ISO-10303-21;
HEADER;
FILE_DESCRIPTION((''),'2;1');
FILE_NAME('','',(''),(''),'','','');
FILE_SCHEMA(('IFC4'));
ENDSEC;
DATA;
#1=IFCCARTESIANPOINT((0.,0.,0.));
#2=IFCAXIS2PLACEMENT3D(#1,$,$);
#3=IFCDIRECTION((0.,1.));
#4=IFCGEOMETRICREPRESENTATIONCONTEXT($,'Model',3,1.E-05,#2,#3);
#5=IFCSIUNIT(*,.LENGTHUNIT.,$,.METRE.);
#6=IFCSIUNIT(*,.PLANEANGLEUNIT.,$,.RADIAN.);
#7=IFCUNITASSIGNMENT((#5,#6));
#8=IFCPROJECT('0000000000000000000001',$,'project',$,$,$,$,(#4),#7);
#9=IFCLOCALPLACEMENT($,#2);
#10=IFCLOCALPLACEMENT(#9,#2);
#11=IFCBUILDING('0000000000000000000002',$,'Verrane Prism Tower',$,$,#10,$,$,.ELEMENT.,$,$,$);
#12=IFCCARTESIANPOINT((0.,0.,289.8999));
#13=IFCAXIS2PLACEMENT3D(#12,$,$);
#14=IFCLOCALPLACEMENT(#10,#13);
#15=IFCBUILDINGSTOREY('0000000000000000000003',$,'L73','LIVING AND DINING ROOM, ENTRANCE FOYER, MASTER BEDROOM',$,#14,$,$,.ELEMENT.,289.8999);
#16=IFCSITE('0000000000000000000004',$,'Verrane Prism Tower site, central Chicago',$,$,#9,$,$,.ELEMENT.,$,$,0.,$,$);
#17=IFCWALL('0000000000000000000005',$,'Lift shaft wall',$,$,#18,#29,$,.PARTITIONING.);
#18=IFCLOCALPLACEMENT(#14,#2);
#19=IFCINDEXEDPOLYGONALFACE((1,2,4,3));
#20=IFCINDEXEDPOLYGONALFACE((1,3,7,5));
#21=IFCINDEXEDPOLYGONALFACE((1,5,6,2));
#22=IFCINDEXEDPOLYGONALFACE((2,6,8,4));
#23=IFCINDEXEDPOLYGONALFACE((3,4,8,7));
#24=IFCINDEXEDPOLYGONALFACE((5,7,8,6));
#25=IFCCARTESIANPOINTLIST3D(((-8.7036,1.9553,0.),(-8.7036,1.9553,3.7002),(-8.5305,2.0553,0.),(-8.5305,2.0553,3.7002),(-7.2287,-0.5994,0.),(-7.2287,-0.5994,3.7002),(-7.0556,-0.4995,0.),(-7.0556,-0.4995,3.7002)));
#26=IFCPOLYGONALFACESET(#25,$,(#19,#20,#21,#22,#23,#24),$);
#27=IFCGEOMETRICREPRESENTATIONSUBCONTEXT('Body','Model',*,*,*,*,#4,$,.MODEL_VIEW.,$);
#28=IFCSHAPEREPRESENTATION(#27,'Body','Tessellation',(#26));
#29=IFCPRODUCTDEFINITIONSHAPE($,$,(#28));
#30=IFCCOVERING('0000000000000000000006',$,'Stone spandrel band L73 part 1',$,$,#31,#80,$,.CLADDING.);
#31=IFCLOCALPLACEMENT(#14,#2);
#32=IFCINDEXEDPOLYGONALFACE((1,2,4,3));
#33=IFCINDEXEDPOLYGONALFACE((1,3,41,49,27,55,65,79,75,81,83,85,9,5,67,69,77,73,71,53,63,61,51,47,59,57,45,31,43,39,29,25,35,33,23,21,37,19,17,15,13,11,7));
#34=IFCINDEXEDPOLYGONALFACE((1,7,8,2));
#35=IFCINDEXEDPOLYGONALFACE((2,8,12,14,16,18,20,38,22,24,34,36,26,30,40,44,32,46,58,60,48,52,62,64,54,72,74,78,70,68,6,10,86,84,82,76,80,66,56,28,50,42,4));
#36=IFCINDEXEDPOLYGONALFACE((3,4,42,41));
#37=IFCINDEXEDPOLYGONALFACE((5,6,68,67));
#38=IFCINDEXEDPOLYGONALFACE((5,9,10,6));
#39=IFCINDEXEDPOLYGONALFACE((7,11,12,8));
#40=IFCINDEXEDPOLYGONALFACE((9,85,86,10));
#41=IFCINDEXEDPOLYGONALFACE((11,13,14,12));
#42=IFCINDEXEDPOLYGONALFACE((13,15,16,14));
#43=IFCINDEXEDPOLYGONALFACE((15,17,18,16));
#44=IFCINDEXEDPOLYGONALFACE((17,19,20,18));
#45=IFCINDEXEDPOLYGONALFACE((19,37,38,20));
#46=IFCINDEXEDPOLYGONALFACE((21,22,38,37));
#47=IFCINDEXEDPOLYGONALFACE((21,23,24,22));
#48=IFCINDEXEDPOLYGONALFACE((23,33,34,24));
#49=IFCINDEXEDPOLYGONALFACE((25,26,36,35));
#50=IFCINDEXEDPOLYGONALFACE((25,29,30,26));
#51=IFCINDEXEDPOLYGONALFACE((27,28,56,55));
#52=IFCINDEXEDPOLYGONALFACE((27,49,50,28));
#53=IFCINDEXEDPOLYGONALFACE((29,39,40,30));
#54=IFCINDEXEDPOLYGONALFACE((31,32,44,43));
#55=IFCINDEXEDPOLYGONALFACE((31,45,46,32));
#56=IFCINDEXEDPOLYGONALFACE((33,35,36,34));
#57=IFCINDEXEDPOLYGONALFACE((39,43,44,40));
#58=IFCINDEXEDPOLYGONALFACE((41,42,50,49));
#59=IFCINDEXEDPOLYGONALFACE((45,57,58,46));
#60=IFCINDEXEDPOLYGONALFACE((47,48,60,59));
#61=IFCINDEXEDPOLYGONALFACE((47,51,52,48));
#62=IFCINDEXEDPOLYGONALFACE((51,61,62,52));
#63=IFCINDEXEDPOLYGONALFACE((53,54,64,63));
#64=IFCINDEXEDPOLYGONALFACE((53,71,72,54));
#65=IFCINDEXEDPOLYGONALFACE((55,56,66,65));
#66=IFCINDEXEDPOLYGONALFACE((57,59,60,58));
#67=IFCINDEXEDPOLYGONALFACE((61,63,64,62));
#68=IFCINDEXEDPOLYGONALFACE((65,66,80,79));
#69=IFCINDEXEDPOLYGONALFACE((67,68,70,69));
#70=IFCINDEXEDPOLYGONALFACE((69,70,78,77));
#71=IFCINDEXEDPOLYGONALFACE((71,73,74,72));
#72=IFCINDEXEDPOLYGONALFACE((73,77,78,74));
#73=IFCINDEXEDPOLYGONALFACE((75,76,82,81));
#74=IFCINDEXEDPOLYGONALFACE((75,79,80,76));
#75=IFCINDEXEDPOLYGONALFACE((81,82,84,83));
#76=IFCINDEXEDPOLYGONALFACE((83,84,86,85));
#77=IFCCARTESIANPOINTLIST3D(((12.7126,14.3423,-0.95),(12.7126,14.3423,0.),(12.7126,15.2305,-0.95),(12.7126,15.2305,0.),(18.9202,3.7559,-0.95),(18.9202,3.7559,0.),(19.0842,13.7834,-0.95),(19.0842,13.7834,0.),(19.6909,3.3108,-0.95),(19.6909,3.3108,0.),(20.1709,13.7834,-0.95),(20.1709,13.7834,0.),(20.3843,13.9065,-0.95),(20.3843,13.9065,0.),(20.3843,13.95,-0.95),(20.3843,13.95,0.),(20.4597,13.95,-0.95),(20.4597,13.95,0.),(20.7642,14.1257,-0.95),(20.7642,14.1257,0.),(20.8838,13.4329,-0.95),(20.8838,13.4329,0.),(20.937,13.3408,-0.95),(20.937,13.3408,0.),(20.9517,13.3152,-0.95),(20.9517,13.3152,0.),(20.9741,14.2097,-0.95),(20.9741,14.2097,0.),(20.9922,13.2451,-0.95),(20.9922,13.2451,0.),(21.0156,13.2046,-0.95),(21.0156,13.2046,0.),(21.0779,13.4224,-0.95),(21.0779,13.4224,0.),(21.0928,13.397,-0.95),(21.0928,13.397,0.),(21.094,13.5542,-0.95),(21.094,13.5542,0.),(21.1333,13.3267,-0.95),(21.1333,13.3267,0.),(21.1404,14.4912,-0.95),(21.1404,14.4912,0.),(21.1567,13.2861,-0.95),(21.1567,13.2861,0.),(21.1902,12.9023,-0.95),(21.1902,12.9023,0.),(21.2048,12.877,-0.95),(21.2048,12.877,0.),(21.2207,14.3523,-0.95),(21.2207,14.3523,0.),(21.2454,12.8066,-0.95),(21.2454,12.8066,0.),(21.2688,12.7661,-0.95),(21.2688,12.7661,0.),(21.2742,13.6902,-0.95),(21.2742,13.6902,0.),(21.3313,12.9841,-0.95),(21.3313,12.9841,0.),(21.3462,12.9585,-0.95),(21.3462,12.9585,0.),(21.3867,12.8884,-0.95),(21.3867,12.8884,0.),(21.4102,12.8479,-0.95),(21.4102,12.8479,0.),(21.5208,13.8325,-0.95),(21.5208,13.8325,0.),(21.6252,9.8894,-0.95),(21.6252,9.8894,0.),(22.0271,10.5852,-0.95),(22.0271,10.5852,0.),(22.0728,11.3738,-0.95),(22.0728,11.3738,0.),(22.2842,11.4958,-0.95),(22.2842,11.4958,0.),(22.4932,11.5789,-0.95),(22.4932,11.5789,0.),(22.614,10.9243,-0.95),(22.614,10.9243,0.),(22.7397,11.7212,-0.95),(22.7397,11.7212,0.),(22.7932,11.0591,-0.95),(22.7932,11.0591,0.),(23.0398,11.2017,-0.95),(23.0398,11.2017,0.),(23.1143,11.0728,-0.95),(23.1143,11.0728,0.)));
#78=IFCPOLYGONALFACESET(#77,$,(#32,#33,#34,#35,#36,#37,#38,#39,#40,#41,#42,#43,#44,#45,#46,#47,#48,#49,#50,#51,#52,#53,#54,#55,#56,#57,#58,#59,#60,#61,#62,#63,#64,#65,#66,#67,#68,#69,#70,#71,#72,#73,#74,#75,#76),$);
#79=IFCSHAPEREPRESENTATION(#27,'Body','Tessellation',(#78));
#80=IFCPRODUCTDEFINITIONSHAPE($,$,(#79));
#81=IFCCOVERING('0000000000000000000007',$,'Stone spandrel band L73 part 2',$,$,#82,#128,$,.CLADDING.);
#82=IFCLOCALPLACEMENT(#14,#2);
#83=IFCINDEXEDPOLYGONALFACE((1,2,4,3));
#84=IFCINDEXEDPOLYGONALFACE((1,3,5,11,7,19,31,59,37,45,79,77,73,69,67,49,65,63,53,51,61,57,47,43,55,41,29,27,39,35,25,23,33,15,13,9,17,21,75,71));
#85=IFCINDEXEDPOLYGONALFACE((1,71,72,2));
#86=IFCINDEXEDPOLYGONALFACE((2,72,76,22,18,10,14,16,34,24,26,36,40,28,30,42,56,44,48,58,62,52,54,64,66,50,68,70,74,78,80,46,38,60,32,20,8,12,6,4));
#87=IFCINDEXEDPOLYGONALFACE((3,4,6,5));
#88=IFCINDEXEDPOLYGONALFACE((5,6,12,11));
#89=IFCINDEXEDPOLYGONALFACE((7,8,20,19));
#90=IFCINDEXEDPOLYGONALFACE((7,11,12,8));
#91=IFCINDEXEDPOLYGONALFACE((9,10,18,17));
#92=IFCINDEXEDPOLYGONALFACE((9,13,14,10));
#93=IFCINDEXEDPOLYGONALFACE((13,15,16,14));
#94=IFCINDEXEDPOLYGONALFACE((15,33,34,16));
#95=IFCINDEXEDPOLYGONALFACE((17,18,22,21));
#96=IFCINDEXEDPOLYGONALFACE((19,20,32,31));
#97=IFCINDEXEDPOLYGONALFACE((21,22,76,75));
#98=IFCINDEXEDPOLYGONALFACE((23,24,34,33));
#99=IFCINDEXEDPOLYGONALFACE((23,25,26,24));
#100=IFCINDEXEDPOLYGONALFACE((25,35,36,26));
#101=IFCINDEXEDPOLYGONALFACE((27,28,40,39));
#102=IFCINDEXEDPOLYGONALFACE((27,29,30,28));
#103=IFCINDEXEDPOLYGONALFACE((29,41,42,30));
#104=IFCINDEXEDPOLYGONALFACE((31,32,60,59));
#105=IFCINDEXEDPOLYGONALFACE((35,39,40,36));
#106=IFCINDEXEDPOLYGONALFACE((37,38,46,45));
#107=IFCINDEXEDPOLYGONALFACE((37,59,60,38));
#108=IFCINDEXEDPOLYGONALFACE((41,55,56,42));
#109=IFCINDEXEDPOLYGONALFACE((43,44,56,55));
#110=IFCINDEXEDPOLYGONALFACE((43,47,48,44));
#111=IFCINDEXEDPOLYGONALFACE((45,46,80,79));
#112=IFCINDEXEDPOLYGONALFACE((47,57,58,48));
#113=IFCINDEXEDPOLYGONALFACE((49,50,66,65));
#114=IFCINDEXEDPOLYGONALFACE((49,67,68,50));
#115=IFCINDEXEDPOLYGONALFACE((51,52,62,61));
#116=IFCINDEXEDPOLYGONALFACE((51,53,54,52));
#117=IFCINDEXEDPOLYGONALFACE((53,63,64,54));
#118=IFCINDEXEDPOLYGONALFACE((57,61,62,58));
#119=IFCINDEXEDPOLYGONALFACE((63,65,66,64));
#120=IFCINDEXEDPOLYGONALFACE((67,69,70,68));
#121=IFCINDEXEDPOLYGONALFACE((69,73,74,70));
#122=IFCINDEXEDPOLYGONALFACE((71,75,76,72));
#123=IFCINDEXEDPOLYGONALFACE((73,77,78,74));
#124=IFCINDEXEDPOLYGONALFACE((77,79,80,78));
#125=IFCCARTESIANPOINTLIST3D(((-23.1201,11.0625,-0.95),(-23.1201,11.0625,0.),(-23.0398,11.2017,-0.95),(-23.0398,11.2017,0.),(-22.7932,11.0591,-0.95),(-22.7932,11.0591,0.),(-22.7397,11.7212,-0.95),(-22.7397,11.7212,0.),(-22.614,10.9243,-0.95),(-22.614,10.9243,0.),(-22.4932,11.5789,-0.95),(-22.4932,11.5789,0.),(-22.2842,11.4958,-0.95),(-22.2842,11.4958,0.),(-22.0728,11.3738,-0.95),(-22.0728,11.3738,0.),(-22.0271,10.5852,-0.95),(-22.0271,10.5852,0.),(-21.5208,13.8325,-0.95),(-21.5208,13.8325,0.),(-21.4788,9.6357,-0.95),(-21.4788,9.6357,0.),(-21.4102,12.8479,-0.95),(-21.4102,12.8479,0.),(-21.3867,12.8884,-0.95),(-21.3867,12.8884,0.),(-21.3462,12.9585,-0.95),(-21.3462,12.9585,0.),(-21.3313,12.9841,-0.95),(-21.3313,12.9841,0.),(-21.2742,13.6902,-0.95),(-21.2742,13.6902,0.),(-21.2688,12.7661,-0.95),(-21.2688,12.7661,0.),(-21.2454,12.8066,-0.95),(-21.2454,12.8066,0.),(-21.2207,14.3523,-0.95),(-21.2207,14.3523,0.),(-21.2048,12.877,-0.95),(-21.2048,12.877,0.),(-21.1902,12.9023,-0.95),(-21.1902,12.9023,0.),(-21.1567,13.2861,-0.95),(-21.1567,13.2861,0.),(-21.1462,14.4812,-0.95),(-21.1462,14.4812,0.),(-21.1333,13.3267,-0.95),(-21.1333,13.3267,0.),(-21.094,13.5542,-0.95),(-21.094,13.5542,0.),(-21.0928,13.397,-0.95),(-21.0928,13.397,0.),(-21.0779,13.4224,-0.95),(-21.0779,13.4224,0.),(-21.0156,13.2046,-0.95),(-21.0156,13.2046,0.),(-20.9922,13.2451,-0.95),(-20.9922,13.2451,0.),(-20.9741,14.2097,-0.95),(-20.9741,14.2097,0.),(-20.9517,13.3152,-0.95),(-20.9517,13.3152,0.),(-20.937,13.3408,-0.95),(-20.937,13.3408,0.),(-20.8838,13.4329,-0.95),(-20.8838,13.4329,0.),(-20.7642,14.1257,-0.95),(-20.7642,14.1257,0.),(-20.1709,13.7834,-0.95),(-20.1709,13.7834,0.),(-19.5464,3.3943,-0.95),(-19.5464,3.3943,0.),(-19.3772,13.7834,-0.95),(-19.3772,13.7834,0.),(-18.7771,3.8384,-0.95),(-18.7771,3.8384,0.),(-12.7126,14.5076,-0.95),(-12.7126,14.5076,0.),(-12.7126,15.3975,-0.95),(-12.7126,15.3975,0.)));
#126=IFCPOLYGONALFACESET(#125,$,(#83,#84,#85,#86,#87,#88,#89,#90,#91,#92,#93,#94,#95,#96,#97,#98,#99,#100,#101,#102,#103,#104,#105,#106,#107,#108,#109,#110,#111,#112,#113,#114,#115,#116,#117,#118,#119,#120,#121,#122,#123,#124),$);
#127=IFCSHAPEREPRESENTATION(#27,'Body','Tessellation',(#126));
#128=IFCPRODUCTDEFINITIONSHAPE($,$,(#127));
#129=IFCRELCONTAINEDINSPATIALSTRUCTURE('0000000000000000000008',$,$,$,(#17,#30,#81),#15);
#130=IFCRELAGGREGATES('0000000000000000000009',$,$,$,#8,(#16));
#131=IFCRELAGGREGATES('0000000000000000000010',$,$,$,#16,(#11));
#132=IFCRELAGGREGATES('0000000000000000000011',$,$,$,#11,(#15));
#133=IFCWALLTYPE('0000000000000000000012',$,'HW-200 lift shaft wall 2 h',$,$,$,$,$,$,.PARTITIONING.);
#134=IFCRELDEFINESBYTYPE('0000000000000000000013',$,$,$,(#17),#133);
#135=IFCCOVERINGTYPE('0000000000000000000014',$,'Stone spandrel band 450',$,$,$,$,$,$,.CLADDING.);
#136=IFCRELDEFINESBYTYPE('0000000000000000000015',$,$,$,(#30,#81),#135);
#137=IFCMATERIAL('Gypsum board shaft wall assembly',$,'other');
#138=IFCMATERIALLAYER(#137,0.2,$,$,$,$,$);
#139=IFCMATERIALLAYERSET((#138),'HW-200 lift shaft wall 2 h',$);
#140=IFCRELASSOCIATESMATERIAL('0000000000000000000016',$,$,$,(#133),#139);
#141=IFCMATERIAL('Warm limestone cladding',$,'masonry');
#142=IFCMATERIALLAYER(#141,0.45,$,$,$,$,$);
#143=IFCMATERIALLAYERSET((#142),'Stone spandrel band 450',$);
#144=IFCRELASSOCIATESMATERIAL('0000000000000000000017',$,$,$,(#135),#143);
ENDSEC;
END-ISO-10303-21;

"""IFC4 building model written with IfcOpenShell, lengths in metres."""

from ifc_helpers import new_model, si_unit, direction, frame, frame_2d, origin, place, context, subcontext, project, spatial, polyline, rectangle, outline, extrude, material, layer, layer_set, type_object, element, save


model = new_model("IFC4")

# Units and contexts
model_context = context("Model", 3, precision=1e-05, world=origin(), true_north=direction((0.0, 1.0)))
body_context = subcontext(model_context, "Body", "Model", "MODEL_VIEW")
ifc_project = project(units=[si_unit("LENGTHUNIT", "METRE"), si_unit("PLANEANGLEUNIT", "RADIAN")], contexts=[model_context])

# Site, building, storey
site_placement = place(None, origin())
site = spatial("IfcSite", under=ifc_project, at=site_placement, Name="Verrane Prism Tower site, central Chicago", CompositionType="ELEMENT", RefElevation=0.0)
building_placement = place(site_placement, origin())
building = spatial("IfcBuilding", under=site, at=building_placement, Name="Verrane Prism Tower", CompositionType="ELEMENT")
storey_placement = place(building_placement, frame((0.0, 0.0, 289.8999)))
storey = spatial("IfcBuildingStorey", under=building, at=storey_placement, Name="L73", Description="LIVING AND DINING ROOM, ENTRANCE FOYER, MASTER BEDROOM", CompositionType="ELEMENT", Elevation=289.8999)

# Shared definitions
ifc_material_1 = material(Name="Gypsum board shaft wall assembly", Category="other")
ifc_layer_1 = layer(ifc_material_1, 0.2)
ifc_layer_set_1 = layer_set([ifc_layer_1], Name="HW-200 lift shaft wall 2 h")
wall_type_1 = type_object("IfcWallType", Name="HW-200 lift shaft wall 2 h", PredefinedType="PARTITIONING", material=ifc_layer_set_1)

# Wall
wall_1_placement = place(storey_placement, frame((-7.1421, -0.5496, 0.0), z_axis=(0.0, 0.0, 1.0), x_axis=(-0.499976, 0.866039, 0.0)))
element("IfcWall", 1, at=wall_1_placement, inside=storey, type_object=wall_type_1, Name="Lift shaft wall", PredefinedType="PARTITIONING", context=body_context, shape_type="SweptSolid", body=[
    extrude(rectangle(XDim=2.95, YDim=0.2, at=frame_2d((1.4751, 0.0))), origin(), (0.0, 0.0, 1.0), 3.7002),
])

# Coverings
ifc_material_2 = material(Name="Warm limestone cladding", Category="masonry")
ifc_layer_2 = layer(ifc_material_2, 0.45)
ifc_layer_set_2 = layer_set([ifc_layer_2], Name="Stone spandrel band 450")
covering_type = type_object("IfcCoveringType", Name="Stone spandrel band 450", PredefinedType="CLADDING", material=ifc_layer_set_2)
covering_1_placement = place(storey_placement, frame((0.0, 0.0, -0.95)))
element("IfcCovering", 2, at=covering_1_placement, inside=storey, type_object=covering_type, Name="Stone spandrel band L73 part 1", PredefinedType="CLADDING", context=body_context, shape_type="SweptSolid", body=[
    extrude(outline(polyline([(12.7126, 15.2305), (12.7126, 14.3423), (19.0842, 13.7834), (20.1709, 13.7834), (20.3843, 13.9065), (20.3843, 13.95), (20.4597, 13.95), (20.7642, 14.1257), (21.094, 13.5542), (20.8838, 13.4329), (20.937, 13.3408), (21.0779, 13.4224), (21.0928, 13.397), (20.9517, 13.3152), (20.9922, 13.2451), (21.1333, 13.3267), (21.1567, 13.2861), (21.0156, 13.2046), (21.1902, 12.9023), (21.3313, 12.9841), (21.3462, 12.9585), (21.2048, 12.877), (21.2454, 12.8066), (21.3867, 12.8884), (21.4102, 12.8479), (21.2688, 12.7661), (22.0728, 11.3738), (22.2842, 11.4958), (22.614, 10.9243), (22.0271, 10.5852), (21.6252, 9.8894), (18.9202, 3.7559), (19.6909, 3.3108), (23.1143, 11.0728), (23.0398, 11.2017), (22.7932, 11.0591), (22.4932, 11.5789), (22.7397, 11.7212), (21.5208, 13.8325), (21.2742, 13.6902), (20.9741, 14.2097), (21.2207, 14.3523), (21.1404, 14.4912), (12.7126, 15.2305)])), origin(), (0.0, 0.0, 1.0), 0.95),
])
covering_2_placement = place(storey_placement, frame((0.0, 0.0, -0.95)))
element("IfcCovering", 3, at=covering_2_placement, inside=storey, type_object=covering_type, Name="Stone spandrel band L73 part 2", PredefinedType="CLADDING", context=body_context, shape_type="SweptSolid", body=[
    extrude(outline(polyline([(-18.7771, 3.8384), (-21.4788, 9.6357), (-22.0271, 10.5852), (-22.614, 10.9243), (-22.2842, 11.4958), (-22.0728, 11.3738), (-21.2688, 12.7661), (-21.4102, 12.8479), (-21.3867, 12.8884), (-21.2454, 12.8066), (-21.2048, 12.877), (-21.3462, 12.9585), (-21.3313, 12.9841), (-21.1902, 12.9023), (-21.0156, 13.2046), (-21.1567, 13.2861), (-21.1333, 13.3267), (-20.9922, 13.2451), (-20.9517, 13.3152), (-21.0928, 13.397), (-21.0779, 13.4224), (-20.937, 13.3408), (-20.8838, 13.4329), (-21.094, 13.5542), (-20.7642, 14.1257), (-20.1709, 13.7834), (-19.3772, 13.7834), (-12.7126, 14.5076), (-12.7126, 15.3975), (-21.1462, 14.4812), (-21.2207, 14.3523), (-20.9741, 14.2097), (-21.2742, 13.6902), (-21.5208, 13.8325), (-22.7397, 11.7212), (-22.4932, 11.5789), (-22.7932, 11.0591), (-23.0398, 11.2017), (-23.1201, 11.0625), (-19.5464, 3.3943), (-18.7771, 3.8384)])), origin(), (0.0, 0.0, 1.0), 0.95),
])

save(model, "model.ifc")
